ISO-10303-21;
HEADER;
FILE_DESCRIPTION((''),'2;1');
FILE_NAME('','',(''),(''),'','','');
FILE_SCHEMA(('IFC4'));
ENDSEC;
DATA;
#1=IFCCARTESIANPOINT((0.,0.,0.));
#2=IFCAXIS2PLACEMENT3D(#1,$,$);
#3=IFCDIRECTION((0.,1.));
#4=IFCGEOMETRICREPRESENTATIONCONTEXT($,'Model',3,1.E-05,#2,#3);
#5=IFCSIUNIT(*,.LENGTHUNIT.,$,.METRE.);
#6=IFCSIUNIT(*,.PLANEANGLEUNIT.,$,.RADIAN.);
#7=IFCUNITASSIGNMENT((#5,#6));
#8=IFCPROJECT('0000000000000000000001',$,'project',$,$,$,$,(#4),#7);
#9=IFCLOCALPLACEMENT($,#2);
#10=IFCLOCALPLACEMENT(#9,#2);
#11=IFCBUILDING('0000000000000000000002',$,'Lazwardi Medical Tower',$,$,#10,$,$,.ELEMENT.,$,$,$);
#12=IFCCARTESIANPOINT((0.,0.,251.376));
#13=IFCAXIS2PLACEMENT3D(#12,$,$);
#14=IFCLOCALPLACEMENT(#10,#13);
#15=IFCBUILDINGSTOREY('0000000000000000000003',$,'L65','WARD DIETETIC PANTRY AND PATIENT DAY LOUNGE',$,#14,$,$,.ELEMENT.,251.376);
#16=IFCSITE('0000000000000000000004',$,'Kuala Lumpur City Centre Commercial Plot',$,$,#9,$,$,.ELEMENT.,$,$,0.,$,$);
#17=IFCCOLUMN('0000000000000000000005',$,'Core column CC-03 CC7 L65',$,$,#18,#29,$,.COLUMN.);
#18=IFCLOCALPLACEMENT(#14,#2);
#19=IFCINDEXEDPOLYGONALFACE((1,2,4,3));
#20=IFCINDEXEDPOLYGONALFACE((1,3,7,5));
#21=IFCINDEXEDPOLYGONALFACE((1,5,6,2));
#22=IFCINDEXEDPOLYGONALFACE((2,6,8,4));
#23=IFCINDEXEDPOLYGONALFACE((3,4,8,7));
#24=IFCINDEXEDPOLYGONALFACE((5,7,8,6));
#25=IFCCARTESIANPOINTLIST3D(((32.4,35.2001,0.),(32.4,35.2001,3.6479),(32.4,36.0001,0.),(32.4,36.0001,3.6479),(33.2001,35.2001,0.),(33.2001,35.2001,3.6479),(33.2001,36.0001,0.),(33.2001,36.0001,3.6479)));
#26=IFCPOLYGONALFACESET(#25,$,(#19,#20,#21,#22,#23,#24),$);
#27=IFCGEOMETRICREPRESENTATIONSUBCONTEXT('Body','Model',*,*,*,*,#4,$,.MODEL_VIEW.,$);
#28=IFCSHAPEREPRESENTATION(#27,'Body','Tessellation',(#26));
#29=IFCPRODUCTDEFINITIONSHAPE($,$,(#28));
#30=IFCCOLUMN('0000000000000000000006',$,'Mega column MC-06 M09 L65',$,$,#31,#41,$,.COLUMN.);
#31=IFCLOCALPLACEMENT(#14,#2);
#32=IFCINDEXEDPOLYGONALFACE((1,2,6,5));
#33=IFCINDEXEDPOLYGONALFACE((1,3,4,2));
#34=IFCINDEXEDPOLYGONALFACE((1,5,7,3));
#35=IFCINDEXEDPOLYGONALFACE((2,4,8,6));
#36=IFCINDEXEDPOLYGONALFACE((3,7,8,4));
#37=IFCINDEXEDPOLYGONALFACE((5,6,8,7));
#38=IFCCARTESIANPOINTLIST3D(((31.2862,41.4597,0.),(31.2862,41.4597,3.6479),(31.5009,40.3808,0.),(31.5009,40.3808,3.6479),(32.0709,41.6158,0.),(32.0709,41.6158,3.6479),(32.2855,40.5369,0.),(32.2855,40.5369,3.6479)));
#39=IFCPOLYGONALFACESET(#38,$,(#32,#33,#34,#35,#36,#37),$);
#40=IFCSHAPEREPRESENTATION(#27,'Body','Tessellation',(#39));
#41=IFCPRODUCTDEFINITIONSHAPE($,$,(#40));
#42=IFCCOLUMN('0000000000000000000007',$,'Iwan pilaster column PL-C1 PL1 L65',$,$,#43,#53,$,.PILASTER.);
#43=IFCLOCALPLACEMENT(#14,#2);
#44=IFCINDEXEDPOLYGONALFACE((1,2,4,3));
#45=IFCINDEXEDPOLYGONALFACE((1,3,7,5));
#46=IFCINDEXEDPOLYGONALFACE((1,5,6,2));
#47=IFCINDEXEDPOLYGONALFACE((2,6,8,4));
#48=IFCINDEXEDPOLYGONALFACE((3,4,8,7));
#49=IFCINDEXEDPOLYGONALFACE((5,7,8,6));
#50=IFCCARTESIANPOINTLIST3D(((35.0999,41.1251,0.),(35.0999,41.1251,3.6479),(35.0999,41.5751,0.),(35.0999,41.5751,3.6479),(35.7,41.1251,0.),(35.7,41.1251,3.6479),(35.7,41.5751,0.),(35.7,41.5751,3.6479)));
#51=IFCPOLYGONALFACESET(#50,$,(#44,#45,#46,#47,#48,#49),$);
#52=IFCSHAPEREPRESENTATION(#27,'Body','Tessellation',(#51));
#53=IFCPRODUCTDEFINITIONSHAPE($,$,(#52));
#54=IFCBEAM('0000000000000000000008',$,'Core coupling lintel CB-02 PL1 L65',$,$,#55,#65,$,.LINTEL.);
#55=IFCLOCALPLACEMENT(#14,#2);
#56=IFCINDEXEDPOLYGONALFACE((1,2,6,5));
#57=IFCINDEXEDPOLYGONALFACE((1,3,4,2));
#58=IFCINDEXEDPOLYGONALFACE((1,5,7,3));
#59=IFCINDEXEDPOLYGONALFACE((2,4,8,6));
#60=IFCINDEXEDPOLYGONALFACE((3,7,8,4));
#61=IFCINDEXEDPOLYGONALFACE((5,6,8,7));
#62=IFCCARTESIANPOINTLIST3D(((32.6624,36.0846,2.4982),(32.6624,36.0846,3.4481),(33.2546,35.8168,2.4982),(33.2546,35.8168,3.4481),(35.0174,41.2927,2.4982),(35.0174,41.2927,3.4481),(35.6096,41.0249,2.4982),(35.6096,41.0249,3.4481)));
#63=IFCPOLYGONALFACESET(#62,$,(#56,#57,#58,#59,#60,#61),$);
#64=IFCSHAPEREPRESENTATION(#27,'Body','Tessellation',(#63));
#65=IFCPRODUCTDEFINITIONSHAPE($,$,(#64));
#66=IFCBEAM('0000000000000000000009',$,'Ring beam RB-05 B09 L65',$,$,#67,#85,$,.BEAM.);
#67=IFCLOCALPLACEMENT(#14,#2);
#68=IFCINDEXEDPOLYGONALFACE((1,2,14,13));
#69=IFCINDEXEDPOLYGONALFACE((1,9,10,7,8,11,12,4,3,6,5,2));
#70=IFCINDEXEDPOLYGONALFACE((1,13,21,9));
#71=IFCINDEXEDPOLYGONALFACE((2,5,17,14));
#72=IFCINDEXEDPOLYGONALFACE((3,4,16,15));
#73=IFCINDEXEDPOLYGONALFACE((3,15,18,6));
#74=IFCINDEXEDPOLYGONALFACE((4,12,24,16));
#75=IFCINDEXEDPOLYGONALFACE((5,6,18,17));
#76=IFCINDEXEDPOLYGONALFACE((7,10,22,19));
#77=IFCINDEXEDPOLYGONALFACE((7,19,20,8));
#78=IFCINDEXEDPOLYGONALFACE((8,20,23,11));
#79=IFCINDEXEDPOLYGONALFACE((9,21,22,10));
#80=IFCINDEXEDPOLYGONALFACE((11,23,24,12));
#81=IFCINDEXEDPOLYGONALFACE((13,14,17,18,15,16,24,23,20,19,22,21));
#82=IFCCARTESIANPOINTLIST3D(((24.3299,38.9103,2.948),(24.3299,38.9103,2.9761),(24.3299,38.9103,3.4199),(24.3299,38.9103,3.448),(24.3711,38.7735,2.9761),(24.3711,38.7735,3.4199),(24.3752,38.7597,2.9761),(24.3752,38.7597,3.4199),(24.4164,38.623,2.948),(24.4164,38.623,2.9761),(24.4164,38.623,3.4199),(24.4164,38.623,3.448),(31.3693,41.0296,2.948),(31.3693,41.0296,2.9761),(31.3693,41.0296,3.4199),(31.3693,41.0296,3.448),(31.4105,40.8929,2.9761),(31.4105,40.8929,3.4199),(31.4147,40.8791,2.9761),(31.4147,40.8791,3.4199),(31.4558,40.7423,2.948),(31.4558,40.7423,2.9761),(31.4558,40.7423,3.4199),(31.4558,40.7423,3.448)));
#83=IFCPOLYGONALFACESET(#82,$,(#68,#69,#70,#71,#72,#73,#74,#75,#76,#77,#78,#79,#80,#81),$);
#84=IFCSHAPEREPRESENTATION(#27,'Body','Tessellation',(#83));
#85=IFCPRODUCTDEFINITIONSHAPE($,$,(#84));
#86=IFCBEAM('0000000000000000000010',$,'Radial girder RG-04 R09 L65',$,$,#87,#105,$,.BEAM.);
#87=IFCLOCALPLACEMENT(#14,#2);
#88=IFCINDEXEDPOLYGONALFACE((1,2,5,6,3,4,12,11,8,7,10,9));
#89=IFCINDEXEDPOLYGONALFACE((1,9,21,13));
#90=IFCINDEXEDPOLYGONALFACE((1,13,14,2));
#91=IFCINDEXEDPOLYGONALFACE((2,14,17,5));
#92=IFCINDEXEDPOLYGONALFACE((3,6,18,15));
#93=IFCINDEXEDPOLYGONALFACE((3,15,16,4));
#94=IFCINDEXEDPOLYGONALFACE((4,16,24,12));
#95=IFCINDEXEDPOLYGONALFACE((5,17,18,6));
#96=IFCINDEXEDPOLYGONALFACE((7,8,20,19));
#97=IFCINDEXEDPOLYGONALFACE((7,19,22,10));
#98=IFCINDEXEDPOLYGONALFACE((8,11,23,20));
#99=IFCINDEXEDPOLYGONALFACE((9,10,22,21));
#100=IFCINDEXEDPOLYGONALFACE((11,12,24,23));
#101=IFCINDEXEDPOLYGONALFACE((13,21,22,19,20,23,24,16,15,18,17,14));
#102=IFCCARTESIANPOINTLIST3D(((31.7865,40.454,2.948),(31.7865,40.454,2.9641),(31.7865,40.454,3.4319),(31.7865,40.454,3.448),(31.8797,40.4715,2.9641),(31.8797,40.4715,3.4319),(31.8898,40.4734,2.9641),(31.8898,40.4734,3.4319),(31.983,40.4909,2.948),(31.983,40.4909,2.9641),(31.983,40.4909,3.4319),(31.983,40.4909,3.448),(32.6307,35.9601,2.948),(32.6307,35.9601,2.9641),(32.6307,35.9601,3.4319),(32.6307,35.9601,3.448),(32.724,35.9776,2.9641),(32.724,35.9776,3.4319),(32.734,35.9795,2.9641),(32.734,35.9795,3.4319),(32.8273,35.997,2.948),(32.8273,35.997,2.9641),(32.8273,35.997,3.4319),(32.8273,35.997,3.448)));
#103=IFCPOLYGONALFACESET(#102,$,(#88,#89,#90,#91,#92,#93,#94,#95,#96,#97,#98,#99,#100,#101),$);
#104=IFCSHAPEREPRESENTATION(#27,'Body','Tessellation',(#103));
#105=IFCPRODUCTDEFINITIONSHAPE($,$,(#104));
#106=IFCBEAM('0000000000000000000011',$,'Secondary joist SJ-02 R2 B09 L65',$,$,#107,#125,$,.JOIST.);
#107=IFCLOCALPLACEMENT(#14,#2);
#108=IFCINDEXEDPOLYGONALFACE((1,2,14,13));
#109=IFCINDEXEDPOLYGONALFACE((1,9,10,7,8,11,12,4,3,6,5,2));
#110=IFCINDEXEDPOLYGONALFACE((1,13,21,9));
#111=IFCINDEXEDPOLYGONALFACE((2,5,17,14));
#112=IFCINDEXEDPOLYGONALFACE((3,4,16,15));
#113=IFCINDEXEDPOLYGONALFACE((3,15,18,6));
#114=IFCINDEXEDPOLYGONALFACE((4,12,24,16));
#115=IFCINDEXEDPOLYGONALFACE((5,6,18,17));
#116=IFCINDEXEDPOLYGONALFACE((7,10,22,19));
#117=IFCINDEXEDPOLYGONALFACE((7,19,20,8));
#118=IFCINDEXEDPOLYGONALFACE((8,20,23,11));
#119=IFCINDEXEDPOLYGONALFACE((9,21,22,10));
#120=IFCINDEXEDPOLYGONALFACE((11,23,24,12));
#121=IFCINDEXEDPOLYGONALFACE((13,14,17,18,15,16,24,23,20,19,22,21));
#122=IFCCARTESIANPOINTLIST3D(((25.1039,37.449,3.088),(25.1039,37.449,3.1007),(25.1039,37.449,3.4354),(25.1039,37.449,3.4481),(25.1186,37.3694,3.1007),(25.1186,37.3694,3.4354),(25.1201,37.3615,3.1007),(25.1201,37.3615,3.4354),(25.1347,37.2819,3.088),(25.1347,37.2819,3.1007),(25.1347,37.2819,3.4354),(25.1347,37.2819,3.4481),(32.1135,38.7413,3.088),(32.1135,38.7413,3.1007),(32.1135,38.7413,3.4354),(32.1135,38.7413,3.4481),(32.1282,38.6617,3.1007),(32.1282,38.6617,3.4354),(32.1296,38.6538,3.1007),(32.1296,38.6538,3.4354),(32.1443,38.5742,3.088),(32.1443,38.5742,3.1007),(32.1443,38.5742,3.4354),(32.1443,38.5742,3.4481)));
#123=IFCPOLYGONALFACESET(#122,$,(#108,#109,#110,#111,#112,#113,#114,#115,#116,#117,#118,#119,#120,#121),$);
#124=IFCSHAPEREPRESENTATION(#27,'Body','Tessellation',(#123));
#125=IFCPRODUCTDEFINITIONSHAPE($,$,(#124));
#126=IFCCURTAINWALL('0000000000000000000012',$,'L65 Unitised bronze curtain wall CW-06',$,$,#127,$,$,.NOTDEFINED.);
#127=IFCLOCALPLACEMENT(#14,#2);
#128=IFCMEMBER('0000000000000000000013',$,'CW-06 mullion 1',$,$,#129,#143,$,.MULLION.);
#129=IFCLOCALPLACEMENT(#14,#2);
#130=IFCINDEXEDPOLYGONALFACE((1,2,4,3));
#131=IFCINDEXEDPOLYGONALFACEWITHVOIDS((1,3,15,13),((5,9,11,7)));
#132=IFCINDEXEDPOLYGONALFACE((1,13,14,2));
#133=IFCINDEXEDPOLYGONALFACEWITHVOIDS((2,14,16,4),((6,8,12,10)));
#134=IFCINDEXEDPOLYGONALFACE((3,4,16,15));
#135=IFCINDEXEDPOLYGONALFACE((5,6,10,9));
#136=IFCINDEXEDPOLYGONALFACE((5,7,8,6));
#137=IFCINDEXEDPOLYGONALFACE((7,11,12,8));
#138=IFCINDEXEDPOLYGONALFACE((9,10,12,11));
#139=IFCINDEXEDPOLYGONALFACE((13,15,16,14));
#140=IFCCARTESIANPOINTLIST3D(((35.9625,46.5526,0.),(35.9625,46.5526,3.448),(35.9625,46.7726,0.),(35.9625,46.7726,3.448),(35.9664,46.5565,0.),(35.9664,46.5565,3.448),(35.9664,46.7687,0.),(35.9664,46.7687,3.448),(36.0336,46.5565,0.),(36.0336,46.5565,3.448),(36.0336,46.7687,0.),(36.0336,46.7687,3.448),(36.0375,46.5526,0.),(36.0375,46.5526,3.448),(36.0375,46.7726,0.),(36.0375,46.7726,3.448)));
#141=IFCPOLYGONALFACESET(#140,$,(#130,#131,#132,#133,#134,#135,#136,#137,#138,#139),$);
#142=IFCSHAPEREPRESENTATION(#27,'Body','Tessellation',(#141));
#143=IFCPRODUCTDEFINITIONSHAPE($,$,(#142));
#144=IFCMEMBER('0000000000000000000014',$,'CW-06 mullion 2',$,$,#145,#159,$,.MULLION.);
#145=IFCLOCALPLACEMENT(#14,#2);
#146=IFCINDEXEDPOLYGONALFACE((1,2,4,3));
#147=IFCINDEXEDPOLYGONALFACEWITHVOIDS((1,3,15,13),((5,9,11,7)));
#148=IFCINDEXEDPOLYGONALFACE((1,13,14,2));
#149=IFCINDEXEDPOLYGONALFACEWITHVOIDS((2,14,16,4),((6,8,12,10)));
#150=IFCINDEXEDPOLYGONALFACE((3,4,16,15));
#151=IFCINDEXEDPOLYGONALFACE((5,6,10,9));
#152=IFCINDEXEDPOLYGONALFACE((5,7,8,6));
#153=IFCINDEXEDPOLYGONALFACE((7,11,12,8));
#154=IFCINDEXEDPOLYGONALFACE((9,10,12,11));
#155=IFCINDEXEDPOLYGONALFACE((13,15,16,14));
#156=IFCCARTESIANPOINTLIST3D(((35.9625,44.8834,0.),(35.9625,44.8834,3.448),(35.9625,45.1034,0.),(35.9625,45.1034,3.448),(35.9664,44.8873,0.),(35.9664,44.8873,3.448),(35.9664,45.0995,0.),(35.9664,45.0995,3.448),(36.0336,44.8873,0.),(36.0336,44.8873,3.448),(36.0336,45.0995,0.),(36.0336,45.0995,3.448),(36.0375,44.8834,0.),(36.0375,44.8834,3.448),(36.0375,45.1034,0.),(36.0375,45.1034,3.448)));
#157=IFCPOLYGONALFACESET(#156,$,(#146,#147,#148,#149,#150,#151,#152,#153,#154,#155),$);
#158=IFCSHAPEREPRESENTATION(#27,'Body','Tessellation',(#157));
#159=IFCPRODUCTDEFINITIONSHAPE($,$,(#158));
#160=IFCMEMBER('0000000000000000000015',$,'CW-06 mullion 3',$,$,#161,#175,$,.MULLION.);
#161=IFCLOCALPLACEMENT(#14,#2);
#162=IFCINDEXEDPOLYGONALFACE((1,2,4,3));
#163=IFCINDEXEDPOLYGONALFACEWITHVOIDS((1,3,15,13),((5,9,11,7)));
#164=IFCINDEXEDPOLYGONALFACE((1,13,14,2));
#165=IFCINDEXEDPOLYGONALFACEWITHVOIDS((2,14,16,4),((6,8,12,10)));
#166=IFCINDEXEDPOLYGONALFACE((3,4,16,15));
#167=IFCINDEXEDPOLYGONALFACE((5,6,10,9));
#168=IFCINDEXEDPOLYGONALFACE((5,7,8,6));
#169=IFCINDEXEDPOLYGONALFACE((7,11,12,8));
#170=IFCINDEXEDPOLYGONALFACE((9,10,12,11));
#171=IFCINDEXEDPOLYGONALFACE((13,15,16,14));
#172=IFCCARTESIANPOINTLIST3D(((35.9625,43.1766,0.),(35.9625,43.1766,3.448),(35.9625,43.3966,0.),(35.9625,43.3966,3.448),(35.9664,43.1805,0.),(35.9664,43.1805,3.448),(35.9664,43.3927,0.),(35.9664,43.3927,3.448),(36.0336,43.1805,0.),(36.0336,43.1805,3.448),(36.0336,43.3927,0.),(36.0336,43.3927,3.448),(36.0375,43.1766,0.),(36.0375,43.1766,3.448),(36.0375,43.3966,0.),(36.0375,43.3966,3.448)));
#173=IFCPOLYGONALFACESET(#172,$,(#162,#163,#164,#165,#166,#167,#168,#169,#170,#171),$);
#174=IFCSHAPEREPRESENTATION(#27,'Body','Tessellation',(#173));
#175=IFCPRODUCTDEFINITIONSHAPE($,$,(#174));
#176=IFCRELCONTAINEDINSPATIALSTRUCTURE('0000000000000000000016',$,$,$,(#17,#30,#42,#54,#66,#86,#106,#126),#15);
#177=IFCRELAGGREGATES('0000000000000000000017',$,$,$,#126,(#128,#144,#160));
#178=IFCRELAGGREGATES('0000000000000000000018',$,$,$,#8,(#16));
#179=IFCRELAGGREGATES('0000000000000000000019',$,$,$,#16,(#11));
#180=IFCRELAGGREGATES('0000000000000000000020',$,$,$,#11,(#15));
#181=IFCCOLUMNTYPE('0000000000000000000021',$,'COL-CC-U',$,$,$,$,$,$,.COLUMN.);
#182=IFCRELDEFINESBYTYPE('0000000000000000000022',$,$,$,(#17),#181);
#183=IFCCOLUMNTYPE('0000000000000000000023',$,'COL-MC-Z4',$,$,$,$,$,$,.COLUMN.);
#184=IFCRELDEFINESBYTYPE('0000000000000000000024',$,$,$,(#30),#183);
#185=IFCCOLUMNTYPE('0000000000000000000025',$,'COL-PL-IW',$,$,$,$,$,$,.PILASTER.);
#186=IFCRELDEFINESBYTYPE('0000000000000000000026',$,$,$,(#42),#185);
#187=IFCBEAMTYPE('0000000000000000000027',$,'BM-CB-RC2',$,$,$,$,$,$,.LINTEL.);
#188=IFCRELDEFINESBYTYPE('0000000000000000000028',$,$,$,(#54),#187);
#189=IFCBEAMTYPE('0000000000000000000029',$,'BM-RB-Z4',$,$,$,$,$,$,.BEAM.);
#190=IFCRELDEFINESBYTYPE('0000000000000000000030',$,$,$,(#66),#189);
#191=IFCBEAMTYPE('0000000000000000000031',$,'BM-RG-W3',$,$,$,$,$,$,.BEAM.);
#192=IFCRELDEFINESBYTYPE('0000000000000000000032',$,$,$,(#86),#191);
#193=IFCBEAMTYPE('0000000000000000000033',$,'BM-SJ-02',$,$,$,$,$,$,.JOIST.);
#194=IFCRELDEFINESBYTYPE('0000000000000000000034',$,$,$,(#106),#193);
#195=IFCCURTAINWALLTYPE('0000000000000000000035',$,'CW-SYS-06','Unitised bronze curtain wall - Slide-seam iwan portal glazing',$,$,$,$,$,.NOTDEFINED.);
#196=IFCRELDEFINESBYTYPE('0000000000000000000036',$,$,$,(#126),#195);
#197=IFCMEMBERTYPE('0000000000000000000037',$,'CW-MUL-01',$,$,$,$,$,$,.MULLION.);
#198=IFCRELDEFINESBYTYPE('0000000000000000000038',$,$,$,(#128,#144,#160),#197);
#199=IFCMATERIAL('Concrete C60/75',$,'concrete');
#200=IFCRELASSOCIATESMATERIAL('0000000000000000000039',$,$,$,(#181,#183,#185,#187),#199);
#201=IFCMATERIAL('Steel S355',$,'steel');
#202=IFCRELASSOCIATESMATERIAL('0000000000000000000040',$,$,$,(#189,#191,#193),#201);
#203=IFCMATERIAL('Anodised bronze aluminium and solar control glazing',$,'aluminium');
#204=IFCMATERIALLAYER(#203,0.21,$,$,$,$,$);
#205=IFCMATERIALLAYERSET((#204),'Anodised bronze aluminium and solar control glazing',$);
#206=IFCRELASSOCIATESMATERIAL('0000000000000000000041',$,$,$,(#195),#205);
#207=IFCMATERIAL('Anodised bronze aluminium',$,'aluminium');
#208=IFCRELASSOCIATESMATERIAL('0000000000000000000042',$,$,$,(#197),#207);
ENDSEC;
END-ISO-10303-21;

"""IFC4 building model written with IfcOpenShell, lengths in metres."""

from ifc_helpers import new_model, si_unit, direction, frame, origin, origin_2d, place, context, subcontext, project, spatial, rectangle, hollow_rectangle, i_section, extrude, material, layer, layer_set, material_profile, profile_set, type_object, element, aggregate, save


model = new_model("IFC4")

# Units and contexts
model_context = context("Model", 3, precision=1e-05, world=origin(), true_north=direction((0.0, 1.0)))
body_context = subcontext(model_context, "Body", "Model", "MODEL_VIEW")
ifc_project = project(units=[si_unit("LENGTHUNIT", "METRE"), si_unit("PLANEANGLEUNIT", "RADIAN")], contexts=[model_context])

# Site, building, storey
site_placement = place(None, origin())
site = spatial("IfcSite", under=ifc_project, at=site_placement, Name="Kuala Lumpur City Centre Commercial Plot", CompositionType="ELEMENT", RefElevation=0.0)
building_placement = place(site_placement, origin())
building = spatial("IfcBuilding", under=site, at=building_placement, Name="Lazwardi Medical Tower", CompositionType="ELEMENT")
storey_placement = place(building_placement, frame((0.0, 0.0, 251.376)))
storey = spatial("IfcBuildingStorey", under=building, at=storey_placement, Name="L65", Description="WARD DIETETIC PANTRY AND PATIENT DAY LOUNGE", CompositionType="ELEMENT", Elevation=251.376)

# Columns
ifc_material_1 = material(Name="Concrete C60/75", Category="concrete")
ifc_material_profile_1 = material_profile(ifc_material_1, rectangle(XDim=0.8, YDim=0.8, at=origin_2d()), Name="RC 800x800")
ifc_profile_set_1 = profile_set([ifc_material_profile_1], Name="Concrete C60/75")
column_type_1 = type_object("IfcColumnType", Name="COL-CC-U", PredefinedType="COLUMN", material=ifc_profile_set_1)
column_1_placement = place(storey_placement, frame((32.8, 35.6001, 0.0), z_axis=(0.0, 0.0, 1.0), x_axis=(1.0, 0.0, 0.0)))
element("IfcColumn", 1, at=column_1_placement, inside=storey, type_object=column_type_1, Name="Core column CC-03 CC7 L65", PredefinedType="COLUMN", context=body_context, shape_type="SweptSolid", body=[
    extrude(rectangle(XDim=0.8, YDim=0.8, at=origin_2d()), origin(), (0.0, 0.0, 1.0), 3.6479),
])
ifc_material_profile_2 = material_profile(ifc_material_1, rectangle(XDim=1.1001, YDim=0.8, at=origin_2d()), Name="CFT-RECT 1100x800")
ifc_profile_set_2 = profile_set([ifc_material_profile_2], Name="Concrete C60/75")
column_type_2 = type_object("IfcColumnType", Name="COL-MC-Z4", PredefinedType="COLUMN", material=ifc_profile_set_2)
column_2_placement = place(storey_placement, frame((31.7859, 40.9983, 0.0), z_axis=(0.0, 0.0, 1.0), x_axis=(-0.19509, 0.980785, 0.0)))
element("IfcColumn", 2, at=column_2_placement, inside=storey, type_object=column_type_2, Name="Mega column MC-06 M09 L65", PredefinedType="COLUMN", context=body_context, shape_type="SweptSolid", body=[
    extrude(rectangle(XDim=1.1001, YDim=0.8, at=origin_2d()), origin(), (0.0, 0.0, 1.0), 3.6479),
])
ifc_material_profile_3 = material_profile(ifc_material_1, rectangle(XDim=0.6001, YDim=0.45, at=origin_2d()), Name="RC 600x450")
ifc_profile_set_3 = profile_set([ifc_material_profile_3], Name="Concrete C60/75")
column_type_3 = type_object("IfcColumnType", Name="COL-PL-IW", PredefinedType="PILASTER", material=ifc_profile_set_3)
column_3_placement = place(storey_placement, frame((35.3999, 41.3501, 0.0), z_axis=(0.0, 0.0, 1.0), x_axis=(1.0, 0.0, 0.0)))
element("IfcColumn", 3, at=column_3_placement, inside=storey, type_object=column_type_3, Name="Iwan pilaster column PL-C1 PL1 L65", PredefinedType="PILASTER", context=body_context, shape_type="SweptSolid", body=[
    extrude(rectangle(XDim=0.6001, YDim=0.45, at=origin_2d()), origin(), (0.0, 0.0, 1.0), 3.6479),
])

# Beams
ifc_material_profile_4 = material_profile(ifc_material_1, rectangle(XDim=0.6499, YDim=0.95, at=origin_2d()), Name="RC 650x950")
ifc_profile_set_4 = profile_set([ifc_material_profile_4], Name="Concrete C60/75")
beam_type_1 = type_object("IfcBeamType", Name="BM-CB-RC2", PredefinedType="LINTEL", material=ifc_profile_set_4)
beam_1_placement = place(storey_placement, frame((32.9585, 35.9507, 2.9731), z_axis=(0.412019, 0.911175, 0.0), x_axis=(-0.911175, 0.412019, 0.0)))
element("IfcBeam", 4, at=beam_1_placement, inside=storey, type_object=beam_type_1, Name="Core coupling lintel CB-02 PL1 L65", PredefinedType="LINTEL", context=body_context, shape_type="SweptSolid", body=[
    extrude(rectangle(XDim=0.6499, YDim=0.95, at=origin_2d()), origin(), (0.0, 0.0, 1.0), 5.7158),
])
ifc_material_2 = material(Name="Steel S355", Category="steel")
ifc_material_profile_5 = material_profile(ifc_material_2, i_section(OverallWidth=0.3, OverallDepth=0.5, WebThickness=0.0144, FlangeThickness=0.0281, at=origin_2d()), Name="HEB 500")
ifc_profile_set_5 = profile_set([ifc_material_profile_5], Name="Steel S355")
beam_type_2 = type_object("IfcBeamType", Name="BM-RB-Z4", PredefinedType="BEAM", material=ifc_profile_set_5)
beam_2_placement = place(storey_placement, frame((31.4126, 40.886, 3.198), z_axis=(-0.957544, -0.288286, 0.0), x_axis=(0.288286, -0.957544, 0.0)))
element("IfcBeam", 5, at=beam_2_placement, inside=storey, type_object=beam_type_2, Name="Ring beam RB-05 B09 L65", PredefinedType="BEAM", context=body_context, shape_type="SweptSolid", body=[
    extrude(i_section(OverallWidth=0.3, OverallDepth=0.5, WebThickness=0.0144, FlangeThickness=0.0281, at=origin_2d()), origin(), (0.0, 0.0, 1.0), 7.3516),
])
ifc_material_profile_6 = material_profile(ifc_material_2, i_section(OverallWidth=0.2, OverallDepth=0.5, WebThickness=0.0103, FlangeThickness=0.0161, at=origin_2d()), Name="IPE 500")
ifc_profile_set_6 = profile_set([ifc_material_profile_6], Name="Steel S355")
beam_type_3 = type_object("IfcBeamType", Name="BM-RG-W3", PredefinedType="BEAM", material=ifc_profile_set_6)
beam_3_placement = place(storey_placement, frame((31.8848, 40.4724, 3.198), z_axis=(0.184633, -0.982807, 0.0), x_axis=(0.982807, 0.184633, 0.0)))
element("IfcBeam", 6, at=beam_3_placement, inside=storey, type_object=beam_type_3, Name="Radial girder RG-04 R09 L65", PredefinedType="BEAM", context=body_context, shape_type="SweptSolid", body=[
    extrude(i_section(OverallWidth=0.2, OverallDepth=0.5, WebThickness=0.0103, FlangeThickness=0.0161, at=origin_2d()), origin(), (0.0, 0.0, 1.0), 4.5725),
])
ifc_material_profile_7 = material_profile(ifc_material_2, i_section(OverallWidth=0.1699, OverallDepth=0.3601, WebThickness=0.0081, FlangeThickness=0.0127, at=origin_2d()), Name="IPE 360")
ifc_profile_set_7 = profile_set([ifc_material_profile_7], Name="Steel S355")
beam_type_4 = type_object("IfcBeamType", Name="BM-SJ-02", PredefinedType="JOIST", material=ifc_profile_set_7)
beam_4_placement = place(storey_placement, frame((32.1289, 38.6577, 3.2681), z_axis=(-0.983428, -0.181299, 0.0), x_axis=(0.181299, -0.983428, 0.0)))
element("IfcBeam", 7, at=beam_4_placement, inside=storey, type_object=beam_type_4, Name="Secondary joist SJ-02 R2 B09 L65", PredefinedType="JOIST", context=body_context, shape_type="SweptSolid", body=[
    extrude(i_section(OverallWidth=0.1699, OverallDepth=0.3601, WebThickness=0.0081, FlangeThickness=0.0127, at=origin_2d()), origin(), (0.0, 0.0, 1.0), 7.1277),
])

# Curtain wall, members
ifc_material_3 = material(Name="Anodised bronze aluminium and solar control glazing", Category="aluminium")
ifc_layer_1 = layer(ifc_material_3, 0.21)
ifc_layer_set_1 = layer_set([ifc_layer_1], Name="Anodised bronze aluminium and solar control glazing")
curtain_wall_type_1 = type_object("IfcCurtainWallType", Name="CW-SYS-06", Description="Unitised bronze curtain wall - Slide-seam iwan portal glazing", PredefinedType="NOTDEFINED", material=ifc_layer_set_1)
curtain_wall_1_placement = place(storey_placement, origin())
curtain_wall_1 = element("IfcCurtainWall", 8, at=curtain_wall_1_placement, inside=storey, type_object=curtain_wall_type_1, Name="L65 Unitised bronze curtain wall CW-06", PredefinedType="NOTDEFINED")
ifc_material_4 = material(Name="Anodised bronze aluminium", Category="aluminium")
ifc_material_profile_8 = material_profile(ifc_material_4, hollow_rectangle(XDim=0.075, YDim=0.22, WallThickness=0.0039, at=origin_2d()), Name="ALU-MULLION 220x75x4")
ifc_profile_set_8 = profile_set([ifc_material_profile_8], Name="Anodised bronze aluminium")
member_type_1 = type_object("IfcMemberType", Name="CW-MUL-01", PredefinedType="MULLION", material=ifc_profile_set_8)
member_1_placement = place(storey_placement, frame((36.0, 46.6626, 0.0), z_axis=(0.0, 0.0, 1.0), x_axis=(1.0, 0.0, 0.0)))
member_1 = element("IfcMember", 9, at=member_1_placement, type_object=member_type_1, Name="CW-06 mullion 1", PredefinedType="MULLION", context=body_context, shape_type="SweptSolid", body=[
    extrude(hollow_rectangle(XDim=0.075, YDim=0.22, WallThickness=0.0039, at=origin_2d()), origin(), (0.0, 0.0, 1.0), 3.448),
])
member_2_placement = place(storey_placement, frame((36.0, 44.9934, 0.0), z_axis=(0.0, 0.0, 1.0), x_axis=(1.0, 0.0, 0.0)))
member_2 = element("IfcMember", 10, at=member_2_placement, type_object=member_type_1, Name="CW-06 mullion 2", PredefinedType="MULLION", context=body_context, shape_type="SweptSolid", body=[
    extrude(hollow_rectangle(XDim=0.075, YDim=0.22, WallThickness=0.0039, at=origin_2d()), origin(), (0.0, 0.0, 1.0), 3.448),
])
member_3_placement = place(storey_placement, frame((36.0, 43.2866, 0.0), z_axis=(0.0, 0.0, 1.0), x_axis=(1.0, 0.0, 0.0)))
member_3 = element("IfcMember", 11, at=member_3_placement, type_object=member_type_1, Name="CW-06 mullion 3", PredefinedType="MULLION", context=body_context, shape_type="SweptSolid", body=[
    extrude(hollow_rectangle(XDim=0.075, YDim=0.22, WallThickness=0.0039, at=origin_2d()), origin(), (0.0, 0.0, 1.0), 3.448),
])

aggregate(curtain_wall_1, [member_1, member_2, member_3])

save(model, "model.ifc")
